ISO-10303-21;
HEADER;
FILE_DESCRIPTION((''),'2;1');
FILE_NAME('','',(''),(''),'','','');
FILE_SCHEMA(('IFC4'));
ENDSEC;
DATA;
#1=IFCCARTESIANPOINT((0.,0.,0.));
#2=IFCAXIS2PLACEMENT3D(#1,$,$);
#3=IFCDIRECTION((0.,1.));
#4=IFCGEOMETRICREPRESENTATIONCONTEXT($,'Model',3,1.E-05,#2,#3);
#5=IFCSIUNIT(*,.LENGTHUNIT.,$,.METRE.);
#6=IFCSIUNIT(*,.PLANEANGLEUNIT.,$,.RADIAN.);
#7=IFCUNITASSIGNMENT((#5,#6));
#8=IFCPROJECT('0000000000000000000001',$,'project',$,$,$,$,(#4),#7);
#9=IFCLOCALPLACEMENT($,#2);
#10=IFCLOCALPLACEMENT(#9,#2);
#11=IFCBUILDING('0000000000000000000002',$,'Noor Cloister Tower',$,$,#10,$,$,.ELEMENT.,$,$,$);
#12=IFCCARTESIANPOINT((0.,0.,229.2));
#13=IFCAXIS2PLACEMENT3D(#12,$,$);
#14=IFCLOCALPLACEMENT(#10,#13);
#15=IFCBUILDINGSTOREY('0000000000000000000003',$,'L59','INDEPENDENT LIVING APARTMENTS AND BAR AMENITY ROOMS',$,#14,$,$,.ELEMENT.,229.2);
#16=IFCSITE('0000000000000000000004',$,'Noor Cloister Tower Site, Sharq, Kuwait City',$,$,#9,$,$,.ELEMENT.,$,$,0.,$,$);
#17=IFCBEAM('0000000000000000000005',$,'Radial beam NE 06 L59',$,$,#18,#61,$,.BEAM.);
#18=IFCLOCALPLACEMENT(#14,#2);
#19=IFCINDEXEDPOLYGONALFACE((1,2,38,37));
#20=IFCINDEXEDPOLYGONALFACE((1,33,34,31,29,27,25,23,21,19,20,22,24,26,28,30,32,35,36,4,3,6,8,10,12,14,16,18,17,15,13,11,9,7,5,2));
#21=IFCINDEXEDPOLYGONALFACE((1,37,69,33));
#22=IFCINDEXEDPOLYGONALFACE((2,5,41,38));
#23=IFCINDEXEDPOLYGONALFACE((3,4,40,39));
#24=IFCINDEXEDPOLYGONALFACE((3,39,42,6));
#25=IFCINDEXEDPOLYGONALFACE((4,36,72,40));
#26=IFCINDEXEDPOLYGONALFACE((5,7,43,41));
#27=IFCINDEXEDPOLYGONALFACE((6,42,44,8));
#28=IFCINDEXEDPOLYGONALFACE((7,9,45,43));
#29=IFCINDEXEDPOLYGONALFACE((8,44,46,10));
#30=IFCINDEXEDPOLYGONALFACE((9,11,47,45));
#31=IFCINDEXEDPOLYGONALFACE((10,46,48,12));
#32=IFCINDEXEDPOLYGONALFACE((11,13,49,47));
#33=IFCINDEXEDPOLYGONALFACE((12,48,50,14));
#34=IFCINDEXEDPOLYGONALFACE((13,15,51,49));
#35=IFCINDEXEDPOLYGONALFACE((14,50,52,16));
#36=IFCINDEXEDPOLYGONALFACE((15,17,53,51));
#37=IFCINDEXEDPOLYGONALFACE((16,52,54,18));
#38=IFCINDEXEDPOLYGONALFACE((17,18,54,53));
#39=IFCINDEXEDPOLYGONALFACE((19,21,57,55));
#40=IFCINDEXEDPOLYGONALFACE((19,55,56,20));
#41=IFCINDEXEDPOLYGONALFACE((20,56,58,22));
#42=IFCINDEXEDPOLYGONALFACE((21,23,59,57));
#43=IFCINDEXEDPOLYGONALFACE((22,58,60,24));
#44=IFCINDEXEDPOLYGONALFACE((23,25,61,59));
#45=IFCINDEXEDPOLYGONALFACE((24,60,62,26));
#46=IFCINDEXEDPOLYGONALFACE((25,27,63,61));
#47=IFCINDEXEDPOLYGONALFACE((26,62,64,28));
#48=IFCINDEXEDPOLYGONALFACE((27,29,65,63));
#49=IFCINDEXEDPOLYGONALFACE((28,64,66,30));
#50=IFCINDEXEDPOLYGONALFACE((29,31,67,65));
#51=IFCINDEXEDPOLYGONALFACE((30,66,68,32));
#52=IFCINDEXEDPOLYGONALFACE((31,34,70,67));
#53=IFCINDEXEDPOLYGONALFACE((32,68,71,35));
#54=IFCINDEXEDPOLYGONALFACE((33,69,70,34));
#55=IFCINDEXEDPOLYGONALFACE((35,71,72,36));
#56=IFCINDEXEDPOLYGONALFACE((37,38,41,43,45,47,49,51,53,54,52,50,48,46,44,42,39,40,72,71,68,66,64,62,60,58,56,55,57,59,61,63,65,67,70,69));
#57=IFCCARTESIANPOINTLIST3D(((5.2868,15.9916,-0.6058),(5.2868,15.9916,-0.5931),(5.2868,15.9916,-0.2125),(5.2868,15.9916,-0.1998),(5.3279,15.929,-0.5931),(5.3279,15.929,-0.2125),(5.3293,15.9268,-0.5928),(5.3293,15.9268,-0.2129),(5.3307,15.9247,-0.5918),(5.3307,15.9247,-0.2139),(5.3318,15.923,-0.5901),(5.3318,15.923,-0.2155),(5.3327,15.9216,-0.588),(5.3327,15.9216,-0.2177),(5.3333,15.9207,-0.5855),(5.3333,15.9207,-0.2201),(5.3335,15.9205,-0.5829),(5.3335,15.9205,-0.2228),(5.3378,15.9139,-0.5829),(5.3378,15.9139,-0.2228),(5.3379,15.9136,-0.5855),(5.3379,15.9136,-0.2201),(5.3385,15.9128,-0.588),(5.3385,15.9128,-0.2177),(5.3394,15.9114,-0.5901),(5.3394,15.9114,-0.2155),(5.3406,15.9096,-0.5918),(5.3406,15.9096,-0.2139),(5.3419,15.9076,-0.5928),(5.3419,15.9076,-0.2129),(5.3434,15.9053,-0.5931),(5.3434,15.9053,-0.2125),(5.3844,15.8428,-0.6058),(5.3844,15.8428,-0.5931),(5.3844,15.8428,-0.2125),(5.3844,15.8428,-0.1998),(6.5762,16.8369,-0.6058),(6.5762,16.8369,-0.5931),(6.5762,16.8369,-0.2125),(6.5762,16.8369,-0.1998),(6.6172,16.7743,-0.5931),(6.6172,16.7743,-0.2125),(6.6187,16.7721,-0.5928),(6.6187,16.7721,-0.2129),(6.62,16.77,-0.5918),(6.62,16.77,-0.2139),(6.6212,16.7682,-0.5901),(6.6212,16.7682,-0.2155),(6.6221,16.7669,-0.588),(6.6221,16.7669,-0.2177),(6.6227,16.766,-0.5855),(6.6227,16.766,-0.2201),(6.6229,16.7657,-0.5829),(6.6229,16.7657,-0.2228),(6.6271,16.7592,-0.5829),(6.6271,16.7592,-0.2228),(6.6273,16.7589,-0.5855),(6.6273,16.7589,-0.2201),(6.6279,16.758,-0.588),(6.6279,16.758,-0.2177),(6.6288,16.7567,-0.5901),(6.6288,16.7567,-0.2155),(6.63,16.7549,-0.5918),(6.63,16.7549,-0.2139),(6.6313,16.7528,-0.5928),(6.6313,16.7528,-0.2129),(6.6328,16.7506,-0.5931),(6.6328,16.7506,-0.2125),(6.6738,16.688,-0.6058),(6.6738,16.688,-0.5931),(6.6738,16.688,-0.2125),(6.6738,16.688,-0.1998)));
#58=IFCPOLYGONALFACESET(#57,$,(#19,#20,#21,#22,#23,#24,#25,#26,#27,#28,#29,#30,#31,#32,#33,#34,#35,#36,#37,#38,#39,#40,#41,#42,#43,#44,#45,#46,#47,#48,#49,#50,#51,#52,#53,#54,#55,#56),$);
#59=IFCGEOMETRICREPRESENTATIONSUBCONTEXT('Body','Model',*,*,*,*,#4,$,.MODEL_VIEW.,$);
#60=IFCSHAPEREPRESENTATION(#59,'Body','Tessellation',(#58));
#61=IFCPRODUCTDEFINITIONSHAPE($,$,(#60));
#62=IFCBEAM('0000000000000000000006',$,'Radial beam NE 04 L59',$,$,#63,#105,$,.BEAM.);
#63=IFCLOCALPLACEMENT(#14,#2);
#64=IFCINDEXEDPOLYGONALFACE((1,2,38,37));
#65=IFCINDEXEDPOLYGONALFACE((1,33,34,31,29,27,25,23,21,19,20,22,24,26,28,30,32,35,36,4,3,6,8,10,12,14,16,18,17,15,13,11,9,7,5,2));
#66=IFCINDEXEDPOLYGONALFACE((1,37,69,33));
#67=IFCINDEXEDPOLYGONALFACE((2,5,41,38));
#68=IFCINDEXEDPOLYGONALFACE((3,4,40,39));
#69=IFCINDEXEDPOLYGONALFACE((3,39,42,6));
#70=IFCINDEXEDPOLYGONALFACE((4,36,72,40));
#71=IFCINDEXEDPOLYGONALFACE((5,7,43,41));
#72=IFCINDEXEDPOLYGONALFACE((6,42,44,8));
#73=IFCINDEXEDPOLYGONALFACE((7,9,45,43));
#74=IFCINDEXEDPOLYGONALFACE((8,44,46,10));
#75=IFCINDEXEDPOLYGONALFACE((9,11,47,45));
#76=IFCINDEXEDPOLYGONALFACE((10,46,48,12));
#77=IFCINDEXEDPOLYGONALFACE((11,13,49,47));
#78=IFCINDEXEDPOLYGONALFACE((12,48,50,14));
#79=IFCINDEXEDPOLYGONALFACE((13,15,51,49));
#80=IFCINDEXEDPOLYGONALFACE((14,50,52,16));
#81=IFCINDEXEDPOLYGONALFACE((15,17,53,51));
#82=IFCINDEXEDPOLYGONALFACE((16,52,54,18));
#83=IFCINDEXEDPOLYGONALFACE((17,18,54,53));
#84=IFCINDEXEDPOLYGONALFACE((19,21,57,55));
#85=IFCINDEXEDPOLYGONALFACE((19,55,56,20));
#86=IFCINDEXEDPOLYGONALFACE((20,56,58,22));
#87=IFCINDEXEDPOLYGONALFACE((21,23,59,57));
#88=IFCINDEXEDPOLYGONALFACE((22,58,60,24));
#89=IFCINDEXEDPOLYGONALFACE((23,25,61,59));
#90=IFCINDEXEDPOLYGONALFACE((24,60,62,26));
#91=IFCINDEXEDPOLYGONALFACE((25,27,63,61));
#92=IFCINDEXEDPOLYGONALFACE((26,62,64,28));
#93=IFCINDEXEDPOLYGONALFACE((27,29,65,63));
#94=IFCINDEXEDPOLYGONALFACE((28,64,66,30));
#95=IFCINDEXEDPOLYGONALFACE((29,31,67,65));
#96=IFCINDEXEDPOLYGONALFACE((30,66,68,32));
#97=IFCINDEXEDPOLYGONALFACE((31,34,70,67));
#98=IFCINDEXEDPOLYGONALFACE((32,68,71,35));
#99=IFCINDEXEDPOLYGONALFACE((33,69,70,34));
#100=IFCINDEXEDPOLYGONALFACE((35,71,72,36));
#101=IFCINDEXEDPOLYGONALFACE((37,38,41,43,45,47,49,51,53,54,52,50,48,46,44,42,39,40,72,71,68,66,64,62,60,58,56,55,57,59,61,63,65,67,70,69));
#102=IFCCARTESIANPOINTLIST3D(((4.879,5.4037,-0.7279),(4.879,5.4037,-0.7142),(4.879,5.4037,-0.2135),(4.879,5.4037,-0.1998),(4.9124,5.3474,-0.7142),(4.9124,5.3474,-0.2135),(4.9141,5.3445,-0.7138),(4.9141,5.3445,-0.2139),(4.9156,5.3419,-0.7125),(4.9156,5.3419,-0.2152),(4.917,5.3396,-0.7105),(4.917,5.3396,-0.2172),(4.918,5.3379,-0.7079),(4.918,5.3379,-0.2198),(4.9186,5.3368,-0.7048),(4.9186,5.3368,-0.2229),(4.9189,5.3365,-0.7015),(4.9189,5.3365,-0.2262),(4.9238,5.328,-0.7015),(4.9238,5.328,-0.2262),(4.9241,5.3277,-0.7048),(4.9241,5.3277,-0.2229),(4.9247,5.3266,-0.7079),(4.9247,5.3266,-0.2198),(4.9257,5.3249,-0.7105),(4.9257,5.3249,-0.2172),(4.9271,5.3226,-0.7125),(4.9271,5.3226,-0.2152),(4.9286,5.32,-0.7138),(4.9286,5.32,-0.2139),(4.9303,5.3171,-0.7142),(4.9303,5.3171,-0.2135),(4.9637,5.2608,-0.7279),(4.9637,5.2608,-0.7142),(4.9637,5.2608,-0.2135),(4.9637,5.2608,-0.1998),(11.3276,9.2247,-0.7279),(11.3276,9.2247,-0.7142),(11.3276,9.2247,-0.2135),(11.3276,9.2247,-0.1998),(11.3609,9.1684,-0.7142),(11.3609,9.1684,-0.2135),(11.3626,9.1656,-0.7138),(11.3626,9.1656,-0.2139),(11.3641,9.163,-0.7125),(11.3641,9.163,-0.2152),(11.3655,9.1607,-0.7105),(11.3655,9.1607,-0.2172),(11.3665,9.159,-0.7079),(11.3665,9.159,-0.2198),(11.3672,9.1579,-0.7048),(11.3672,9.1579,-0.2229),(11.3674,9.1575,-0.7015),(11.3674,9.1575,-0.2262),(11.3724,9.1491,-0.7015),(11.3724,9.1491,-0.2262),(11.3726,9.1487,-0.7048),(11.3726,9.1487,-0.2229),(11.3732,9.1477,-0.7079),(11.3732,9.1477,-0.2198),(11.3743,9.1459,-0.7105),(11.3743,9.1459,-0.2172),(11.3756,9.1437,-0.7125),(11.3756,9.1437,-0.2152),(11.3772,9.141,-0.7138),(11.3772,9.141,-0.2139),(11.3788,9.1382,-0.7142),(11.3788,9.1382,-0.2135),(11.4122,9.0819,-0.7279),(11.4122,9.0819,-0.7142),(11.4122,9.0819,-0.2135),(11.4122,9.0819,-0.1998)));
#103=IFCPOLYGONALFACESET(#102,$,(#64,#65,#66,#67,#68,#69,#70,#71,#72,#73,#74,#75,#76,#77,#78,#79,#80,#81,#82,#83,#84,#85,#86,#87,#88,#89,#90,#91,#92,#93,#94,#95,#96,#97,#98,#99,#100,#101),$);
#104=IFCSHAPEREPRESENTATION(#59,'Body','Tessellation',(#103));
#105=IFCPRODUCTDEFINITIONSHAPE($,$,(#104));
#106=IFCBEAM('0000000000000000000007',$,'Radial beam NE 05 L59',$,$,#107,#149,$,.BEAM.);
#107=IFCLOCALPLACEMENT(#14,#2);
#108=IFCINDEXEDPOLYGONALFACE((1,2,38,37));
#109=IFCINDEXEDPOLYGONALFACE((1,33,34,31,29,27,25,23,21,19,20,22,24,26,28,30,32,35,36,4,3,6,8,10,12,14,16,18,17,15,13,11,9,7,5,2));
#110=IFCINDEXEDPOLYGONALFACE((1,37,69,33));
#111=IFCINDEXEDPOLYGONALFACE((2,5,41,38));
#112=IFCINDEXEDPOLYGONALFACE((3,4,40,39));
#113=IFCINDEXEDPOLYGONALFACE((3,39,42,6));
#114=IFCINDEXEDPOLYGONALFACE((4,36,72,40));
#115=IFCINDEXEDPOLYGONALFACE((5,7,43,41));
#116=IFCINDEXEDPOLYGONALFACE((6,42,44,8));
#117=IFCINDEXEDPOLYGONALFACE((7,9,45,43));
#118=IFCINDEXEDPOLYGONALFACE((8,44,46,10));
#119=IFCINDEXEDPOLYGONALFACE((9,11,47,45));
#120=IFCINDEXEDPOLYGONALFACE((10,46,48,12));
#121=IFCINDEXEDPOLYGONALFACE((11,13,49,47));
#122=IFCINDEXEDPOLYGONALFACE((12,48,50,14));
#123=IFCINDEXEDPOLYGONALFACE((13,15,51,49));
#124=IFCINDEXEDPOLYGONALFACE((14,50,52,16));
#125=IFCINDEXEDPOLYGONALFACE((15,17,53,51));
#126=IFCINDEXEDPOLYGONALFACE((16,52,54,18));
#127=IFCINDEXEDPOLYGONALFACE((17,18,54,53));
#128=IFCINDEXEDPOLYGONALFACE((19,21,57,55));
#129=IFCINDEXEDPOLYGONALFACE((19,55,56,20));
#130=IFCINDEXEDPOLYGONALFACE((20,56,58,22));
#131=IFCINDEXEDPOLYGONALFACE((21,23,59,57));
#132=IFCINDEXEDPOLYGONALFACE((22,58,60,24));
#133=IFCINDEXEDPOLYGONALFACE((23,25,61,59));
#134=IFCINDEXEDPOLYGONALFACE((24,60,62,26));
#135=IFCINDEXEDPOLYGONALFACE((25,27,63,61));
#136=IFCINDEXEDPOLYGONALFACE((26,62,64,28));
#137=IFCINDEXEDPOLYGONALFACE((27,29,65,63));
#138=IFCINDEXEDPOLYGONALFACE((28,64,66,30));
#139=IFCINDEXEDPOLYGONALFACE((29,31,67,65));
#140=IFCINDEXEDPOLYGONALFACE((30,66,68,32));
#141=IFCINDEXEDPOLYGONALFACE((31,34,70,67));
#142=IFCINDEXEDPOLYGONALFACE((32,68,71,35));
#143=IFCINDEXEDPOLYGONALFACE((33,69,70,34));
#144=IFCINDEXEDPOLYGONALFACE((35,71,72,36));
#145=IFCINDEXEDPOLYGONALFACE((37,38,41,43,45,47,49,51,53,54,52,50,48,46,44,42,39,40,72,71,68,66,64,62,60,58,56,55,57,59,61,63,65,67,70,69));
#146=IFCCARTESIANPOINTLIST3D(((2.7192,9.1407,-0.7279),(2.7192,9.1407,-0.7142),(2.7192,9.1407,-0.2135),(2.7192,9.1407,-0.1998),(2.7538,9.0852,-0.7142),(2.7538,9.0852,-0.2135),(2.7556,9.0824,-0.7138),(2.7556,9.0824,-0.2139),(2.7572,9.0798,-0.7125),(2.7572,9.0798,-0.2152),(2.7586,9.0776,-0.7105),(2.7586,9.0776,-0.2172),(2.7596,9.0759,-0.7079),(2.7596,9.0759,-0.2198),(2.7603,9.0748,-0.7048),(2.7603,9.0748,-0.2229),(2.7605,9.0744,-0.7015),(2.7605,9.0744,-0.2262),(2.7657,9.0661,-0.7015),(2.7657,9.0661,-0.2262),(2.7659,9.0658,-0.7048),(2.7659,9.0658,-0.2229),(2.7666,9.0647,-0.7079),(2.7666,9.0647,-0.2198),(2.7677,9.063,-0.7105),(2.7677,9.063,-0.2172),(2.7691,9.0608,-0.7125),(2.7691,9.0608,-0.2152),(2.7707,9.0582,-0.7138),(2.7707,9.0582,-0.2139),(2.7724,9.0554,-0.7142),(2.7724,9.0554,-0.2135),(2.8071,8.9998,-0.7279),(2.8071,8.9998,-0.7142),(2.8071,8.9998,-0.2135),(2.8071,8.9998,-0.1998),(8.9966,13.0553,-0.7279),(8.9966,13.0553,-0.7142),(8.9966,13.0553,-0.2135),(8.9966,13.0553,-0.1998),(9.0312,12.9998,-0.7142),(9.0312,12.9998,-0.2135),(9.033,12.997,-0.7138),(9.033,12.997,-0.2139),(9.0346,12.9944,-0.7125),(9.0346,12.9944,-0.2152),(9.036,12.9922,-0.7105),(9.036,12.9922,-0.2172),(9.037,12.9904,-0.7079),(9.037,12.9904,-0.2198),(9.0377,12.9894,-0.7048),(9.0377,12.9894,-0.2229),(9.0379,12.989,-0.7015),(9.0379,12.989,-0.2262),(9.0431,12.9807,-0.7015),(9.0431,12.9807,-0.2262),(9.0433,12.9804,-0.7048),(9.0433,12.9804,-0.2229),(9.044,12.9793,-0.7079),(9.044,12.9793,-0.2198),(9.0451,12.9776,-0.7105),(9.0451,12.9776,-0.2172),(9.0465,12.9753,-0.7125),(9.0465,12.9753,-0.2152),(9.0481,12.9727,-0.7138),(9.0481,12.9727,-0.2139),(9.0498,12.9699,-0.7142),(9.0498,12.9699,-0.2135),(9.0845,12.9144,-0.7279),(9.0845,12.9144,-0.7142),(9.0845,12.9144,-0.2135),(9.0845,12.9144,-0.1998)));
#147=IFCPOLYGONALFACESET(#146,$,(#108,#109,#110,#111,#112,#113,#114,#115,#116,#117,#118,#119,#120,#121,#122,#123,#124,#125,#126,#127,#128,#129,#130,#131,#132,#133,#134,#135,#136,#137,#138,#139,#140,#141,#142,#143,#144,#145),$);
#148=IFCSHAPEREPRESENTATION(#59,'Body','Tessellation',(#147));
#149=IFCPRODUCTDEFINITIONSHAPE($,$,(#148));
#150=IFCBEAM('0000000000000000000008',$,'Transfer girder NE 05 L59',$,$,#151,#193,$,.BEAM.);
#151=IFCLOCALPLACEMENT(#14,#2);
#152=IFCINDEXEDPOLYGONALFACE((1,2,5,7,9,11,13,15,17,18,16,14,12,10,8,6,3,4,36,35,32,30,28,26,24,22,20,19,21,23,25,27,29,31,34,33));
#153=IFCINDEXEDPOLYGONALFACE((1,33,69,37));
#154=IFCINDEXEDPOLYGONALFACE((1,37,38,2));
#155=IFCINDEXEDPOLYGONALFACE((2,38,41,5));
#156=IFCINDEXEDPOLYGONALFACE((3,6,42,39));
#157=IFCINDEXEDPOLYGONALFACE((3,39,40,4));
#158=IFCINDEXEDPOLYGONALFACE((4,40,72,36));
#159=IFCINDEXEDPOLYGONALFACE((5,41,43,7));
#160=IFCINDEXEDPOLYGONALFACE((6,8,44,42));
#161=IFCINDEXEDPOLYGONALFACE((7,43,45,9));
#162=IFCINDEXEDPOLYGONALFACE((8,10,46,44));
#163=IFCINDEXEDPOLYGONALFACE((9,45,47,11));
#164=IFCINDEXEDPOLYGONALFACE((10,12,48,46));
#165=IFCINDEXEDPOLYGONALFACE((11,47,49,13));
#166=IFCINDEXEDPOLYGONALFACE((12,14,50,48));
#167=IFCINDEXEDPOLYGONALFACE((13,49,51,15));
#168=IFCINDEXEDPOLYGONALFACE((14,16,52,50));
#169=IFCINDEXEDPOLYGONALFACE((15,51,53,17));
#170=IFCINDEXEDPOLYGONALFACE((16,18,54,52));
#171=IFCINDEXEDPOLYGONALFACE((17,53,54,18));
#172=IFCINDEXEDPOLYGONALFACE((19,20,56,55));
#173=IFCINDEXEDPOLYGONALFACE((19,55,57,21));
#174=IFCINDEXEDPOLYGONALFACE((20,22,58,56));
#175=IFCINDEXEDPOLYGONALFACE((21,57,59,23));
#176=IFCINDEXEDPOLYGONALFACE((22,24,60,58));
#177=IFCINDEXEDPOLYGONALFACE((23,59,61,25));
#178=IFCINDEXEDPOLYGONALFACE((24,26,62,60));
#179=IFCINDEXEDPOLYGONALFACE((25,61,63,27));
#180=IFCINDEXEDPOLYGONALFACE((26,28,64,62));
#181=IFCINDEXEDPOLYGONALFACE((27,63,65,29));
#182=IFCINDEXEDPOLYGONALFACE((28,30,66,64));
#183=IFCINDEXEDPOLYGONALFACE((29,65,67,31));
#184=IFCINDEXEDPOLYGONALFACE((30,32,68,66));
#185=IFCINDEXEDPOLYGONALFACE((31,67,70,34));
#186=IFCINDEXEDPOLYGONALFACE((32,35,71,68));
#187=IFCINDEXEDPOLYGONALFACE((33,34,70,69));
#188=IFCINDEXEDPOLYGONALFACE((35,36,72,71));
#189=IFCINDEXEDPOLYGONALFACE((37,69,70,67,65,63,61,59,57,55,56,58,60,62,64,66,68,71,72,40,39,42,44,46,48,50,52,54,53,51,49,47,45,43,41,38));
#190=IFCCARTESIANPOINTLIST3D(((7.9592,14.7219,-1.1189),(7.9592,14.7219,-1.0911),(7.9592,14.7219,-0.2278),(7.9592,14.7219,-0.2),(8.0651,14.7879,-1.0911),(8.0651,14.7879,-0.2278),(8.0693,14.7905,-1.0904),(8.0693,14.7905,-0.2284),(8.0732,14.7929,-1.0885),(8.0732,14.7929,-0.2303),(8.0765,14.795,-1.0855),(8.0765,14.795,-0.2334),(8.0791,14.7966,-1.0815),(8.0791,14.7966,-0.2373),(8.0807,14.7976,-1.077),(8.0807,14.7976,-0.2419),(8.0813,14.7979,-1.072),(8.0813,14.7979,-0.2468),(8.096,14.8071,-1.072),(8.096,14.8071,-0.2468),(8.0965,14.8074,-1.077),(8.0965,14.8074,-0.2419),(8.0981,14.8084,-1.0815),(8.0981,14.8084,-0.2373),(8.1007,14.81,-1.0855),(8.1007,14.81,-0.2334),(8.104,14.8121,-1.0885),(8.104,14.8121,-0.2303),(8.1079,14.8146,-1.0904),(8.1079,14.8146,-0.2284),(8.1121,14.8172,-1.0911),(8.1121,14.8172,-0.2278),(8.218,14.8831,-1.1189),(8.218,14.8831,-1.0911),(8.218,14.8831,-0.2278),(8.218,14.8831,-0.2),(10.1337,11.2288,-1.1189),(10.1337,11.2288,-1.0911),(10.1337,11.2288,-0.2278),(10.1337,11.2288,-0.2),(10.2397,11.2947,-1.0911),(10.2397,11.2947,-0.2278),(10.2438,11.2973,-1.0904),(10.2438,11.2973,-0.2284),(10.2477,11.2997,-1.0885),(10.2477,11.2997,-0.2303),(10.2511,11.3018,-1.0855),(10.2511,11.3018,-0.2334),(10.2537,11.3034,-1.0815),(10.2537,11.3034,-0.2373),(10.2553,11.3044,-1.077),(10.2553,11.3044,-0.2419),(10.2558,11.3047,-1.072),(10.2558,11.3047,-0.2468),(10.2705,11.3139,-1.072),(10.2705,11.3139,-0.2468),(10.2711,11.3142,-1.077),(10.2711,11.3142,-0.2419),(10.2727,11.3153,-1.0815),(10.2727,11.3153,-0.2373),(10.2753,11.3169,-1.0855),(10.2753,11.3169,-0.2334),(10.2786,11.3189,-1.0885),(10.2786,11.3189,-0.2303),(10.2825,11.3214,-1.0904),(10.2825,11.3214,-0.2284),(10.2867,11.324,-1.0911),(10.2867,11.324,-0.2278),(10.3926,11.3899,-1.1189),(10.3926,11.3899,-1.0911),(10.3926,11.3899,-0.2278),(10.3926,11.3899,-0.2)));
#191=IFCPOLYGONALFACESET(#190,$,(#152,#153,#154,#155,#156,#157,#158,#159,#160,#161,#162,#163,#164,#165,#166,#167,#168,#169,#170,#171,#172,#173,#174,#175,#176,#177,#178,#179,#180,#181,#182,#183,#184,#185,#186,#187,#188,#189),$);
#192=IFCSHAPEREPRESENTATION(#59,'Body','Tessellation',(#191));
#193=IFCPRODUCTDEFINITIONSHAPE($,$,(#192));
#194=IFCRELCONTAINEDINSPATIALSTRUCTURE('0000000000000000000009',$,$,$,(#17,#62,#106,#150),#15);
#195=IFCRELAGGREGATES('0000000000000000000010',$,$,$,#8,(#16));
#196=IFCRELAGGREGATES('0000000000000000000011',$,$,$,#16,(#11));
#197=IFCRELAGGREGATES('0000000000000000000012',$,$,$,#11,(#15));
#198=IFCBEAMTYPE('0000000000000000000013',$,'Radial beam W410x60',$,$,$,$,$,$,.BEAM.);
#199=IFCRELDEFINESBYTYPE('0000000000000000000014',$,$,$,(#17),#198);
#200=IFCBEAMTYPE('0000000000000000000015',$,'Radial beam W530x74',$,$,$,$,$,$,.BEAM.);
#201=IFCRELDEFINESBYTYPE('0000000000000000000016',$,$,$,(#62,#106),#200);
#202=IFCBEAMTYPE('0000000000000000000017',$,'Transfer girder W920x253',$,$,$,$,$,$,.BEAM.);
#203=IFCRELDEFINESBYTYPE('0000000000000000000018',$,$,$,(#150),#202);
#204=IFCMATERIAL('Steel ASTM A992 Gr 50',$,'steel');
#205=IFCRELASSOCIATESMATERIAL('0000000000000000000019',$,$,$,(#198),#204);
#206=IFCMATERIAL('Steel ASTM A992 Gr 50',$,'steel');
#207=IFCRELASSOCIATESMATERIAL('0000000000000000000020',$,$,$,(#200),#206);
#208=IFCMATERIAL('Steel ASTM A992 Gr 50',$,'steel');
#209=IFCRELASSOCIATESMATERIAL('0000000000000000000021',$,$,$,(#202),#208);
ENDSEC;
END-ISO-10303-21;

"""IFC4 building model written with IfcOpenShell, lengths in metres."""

from ifc_helpers import new_model, si_unit, direction, frame, origin, origin_2d, place, context, subcontext, project, spatial, i_section, extrude, material, material_profile, profile_set, type_object, element, save


model = new_model("IFC4")

# Units and contexts
model_context = context("Model", 3, precision=1e-05, world=origin(), true_north=direction((0.0, 1.0)))
body_context = subcontext(model_context, "Body", "Model", "MODEL_VIEW")
ifc_project = project(units=[si_unit("LENGTHUNIT", "METRE"), si_unit("PLANEANGLEUNIT", "RADIAN")], contexts=[model_context])

# Site, building, storey
site_placement = place(None, origin())
site = spatial("IfcSite", under=ifc_project, at=site_placement, Name="Noor Cloister Tower Site, Sharq, Kuwait City", CompositionType="ELEMENT", RefElevation=0.0)
building_placement = place(site_placement, origin())
building = spatial("IfcBuilding", under=site, at=building_placement, Name="Noor Cloister Tower", CompositionType="ELEMENT")
storey_placement = place(building_placement, frame((0.0, 0.0, 229.2)))
storey = spatial("IfcBuildingStorey", under=building, at=storey_placement, Name="L59", Description="INDEPENDENT LIVING APARTMENTS AND BAR AMENITY ROOMS", CompositionType="ELEMENT", Elevation=229.2)

# Beams
ifc_material_1 = material(Name="Steel ASTM A992 Gr 50", Category="steel")
ifc_material_profile_1 = material_profile(ifc_material_1, i_section(OverallWidth=0.178, OverallDepth=0.406, WebThickness=0.0078, FlangeThickness=0.0127, FilletRadius=0.0103, at=origin_2d()), Name="W410x60")
ifc_profile_set_1 = profile_set([ifc_material_profile_1], Name="Steel ASTM A992 Gr 50")
beam_type_1 = type_object("IfcBeamType", Name="Radial beam W410x60", PredefinedType="BEAM", material=ifc_profile_set_1)
beam_1_placement = place(storey_placement, frame((6.625, 16.7625, -0.4028), z_axis=(-0.836313, -0.548252, 0.0), x_axis=(0.548252, -0.836313, 0.0)))
element("IfcBeam", 1, at=beam_1_placement, inside=storey, type_object=beam_type_1, Name="Radial beam NE 06 L59", PredefinedType="BEAM", context=body_context, shape_type="SweptSolid", body=[
    extrude(i_section(OverallWidth=0.178, OverallDepth=0.406, WebThickness=0.0078, FlangeThickness=0.0127, FilletRadius=0.0103, at=origin_2d()), origin(), (0.0, 0.0, 1.0), 1.5417),
])
ifc_material_2 = material(Name="Steel ASTM A992 Gr 50", Category="steel")
ifc_material_profile_2 = material_profile(ifc_material_2, i_section(OverallWidth=0.166, OverallDepth=0.5281, WebThickness=0.0098, FlangeThickness=0.0137, FilletRadius=0.0127, at=origin_2d()), Name="W530x74")
ifc_profile_set_2 = profile_set([ifc_material_profile_2], Name="Steel ASTM A992 Gr 50")
beam_type_2 = type_object("IfcBeamType", Name="Radial beam W530x74", PredefinedType="BEAM", material=ifc_profile_set_2)
beam_2_placement = place(storey_placement, frame((11.3699, 9.1533, -0.4639), z_axis=(-0.860308, -0.509775, 0.0), x_axis=(0.509775, -0.860308, 0.0)))
element("IfcBeam", 2, at=beam_2_placement, inside=storey, type_object=beam_type_2, Name="Radial beam NE 04 L59", PredefinedType="BEAM", context=body_context, shape_type="SweptSolid", body=[
    extrude(i_section(OverallWidth=0.166, OverallDepth=0.5281, WebThickness=0.0098, FlangeThickness=0.0137, FilletRadius=0.0127, at=origin_2d()), origin(), (0.0, 0.0, 1.0), 7.4956),
])
beam_3_placement = place(storey_placement, frame((9.0405, 12.9849, -0.4639), z_axis=(-0.848532, -0.529144, 0.0), x_axis=(0.529144, -0.848532, 0.0)))
element("IfcBeam", 3, at=beam_3_placement, inside=storey, type_object=beam_type_2, Name="Radial beam NE 05 L59", PredefinedType="BEAM", context=body_context, shape_type="SweptSolid", body=[
    extrude(i_section(OverallWidth=0.166, OverallDepth=0.5281, WebThickness=0.0098, FlangeThickness=0.0137, FilletRadius=0.0127, at=origin_2d()), origin(), (0.0, 0.0, 1.0), 7.3979),
])
ifc_material_3 = material(Name="Steel ASTM A992 Gr 50", Category="steel")
ifc_material_profile_3 = material_profile(ifc_material_3, i_section(OverallWidth=0.3049, OverallDepth=0.9189, WebThickness=0.0173, FlangeThickness=0.0278, FilletRadius=0.019, at=origin_2d()), Name="W920x253")
ifc_profile_set_3 = profile_set([ifc_material_profile_3], Name="Steel ASTM A992 Gr 50")
beam_type_3 = type_object("IfcBeamType", Name="Transfer girder W920x253", PredefinedType="BEAM", material=ifc_profile_set_3)
beam_4_placement = place(storey_placement, frame((10.2632, 11.3093, -0.6594), z_axis=(-0.528483, 0.848944, 0.0), x_axis=(-0.848944, -0.528483, 0.0)))
element("IfcBeam", 4, at=beam_4_placement, inside=storey, type_object=beam_type_3, Name="Transfer girder NE 05 L59", PredefinedType="BEAM", context=body_context, shape_type="SweptSolid", body=[
    extrude(i_section(OverallWidth=0.3049, OverallDepth=0.9189, WebThickness=0.0173, FlangeThickness=0.0278, FilletRadius=0.019, at=origin_2d()), origin(), (0.0, 0.0, 1.0), 4.1147),
])

save(model, "model.ifc")
